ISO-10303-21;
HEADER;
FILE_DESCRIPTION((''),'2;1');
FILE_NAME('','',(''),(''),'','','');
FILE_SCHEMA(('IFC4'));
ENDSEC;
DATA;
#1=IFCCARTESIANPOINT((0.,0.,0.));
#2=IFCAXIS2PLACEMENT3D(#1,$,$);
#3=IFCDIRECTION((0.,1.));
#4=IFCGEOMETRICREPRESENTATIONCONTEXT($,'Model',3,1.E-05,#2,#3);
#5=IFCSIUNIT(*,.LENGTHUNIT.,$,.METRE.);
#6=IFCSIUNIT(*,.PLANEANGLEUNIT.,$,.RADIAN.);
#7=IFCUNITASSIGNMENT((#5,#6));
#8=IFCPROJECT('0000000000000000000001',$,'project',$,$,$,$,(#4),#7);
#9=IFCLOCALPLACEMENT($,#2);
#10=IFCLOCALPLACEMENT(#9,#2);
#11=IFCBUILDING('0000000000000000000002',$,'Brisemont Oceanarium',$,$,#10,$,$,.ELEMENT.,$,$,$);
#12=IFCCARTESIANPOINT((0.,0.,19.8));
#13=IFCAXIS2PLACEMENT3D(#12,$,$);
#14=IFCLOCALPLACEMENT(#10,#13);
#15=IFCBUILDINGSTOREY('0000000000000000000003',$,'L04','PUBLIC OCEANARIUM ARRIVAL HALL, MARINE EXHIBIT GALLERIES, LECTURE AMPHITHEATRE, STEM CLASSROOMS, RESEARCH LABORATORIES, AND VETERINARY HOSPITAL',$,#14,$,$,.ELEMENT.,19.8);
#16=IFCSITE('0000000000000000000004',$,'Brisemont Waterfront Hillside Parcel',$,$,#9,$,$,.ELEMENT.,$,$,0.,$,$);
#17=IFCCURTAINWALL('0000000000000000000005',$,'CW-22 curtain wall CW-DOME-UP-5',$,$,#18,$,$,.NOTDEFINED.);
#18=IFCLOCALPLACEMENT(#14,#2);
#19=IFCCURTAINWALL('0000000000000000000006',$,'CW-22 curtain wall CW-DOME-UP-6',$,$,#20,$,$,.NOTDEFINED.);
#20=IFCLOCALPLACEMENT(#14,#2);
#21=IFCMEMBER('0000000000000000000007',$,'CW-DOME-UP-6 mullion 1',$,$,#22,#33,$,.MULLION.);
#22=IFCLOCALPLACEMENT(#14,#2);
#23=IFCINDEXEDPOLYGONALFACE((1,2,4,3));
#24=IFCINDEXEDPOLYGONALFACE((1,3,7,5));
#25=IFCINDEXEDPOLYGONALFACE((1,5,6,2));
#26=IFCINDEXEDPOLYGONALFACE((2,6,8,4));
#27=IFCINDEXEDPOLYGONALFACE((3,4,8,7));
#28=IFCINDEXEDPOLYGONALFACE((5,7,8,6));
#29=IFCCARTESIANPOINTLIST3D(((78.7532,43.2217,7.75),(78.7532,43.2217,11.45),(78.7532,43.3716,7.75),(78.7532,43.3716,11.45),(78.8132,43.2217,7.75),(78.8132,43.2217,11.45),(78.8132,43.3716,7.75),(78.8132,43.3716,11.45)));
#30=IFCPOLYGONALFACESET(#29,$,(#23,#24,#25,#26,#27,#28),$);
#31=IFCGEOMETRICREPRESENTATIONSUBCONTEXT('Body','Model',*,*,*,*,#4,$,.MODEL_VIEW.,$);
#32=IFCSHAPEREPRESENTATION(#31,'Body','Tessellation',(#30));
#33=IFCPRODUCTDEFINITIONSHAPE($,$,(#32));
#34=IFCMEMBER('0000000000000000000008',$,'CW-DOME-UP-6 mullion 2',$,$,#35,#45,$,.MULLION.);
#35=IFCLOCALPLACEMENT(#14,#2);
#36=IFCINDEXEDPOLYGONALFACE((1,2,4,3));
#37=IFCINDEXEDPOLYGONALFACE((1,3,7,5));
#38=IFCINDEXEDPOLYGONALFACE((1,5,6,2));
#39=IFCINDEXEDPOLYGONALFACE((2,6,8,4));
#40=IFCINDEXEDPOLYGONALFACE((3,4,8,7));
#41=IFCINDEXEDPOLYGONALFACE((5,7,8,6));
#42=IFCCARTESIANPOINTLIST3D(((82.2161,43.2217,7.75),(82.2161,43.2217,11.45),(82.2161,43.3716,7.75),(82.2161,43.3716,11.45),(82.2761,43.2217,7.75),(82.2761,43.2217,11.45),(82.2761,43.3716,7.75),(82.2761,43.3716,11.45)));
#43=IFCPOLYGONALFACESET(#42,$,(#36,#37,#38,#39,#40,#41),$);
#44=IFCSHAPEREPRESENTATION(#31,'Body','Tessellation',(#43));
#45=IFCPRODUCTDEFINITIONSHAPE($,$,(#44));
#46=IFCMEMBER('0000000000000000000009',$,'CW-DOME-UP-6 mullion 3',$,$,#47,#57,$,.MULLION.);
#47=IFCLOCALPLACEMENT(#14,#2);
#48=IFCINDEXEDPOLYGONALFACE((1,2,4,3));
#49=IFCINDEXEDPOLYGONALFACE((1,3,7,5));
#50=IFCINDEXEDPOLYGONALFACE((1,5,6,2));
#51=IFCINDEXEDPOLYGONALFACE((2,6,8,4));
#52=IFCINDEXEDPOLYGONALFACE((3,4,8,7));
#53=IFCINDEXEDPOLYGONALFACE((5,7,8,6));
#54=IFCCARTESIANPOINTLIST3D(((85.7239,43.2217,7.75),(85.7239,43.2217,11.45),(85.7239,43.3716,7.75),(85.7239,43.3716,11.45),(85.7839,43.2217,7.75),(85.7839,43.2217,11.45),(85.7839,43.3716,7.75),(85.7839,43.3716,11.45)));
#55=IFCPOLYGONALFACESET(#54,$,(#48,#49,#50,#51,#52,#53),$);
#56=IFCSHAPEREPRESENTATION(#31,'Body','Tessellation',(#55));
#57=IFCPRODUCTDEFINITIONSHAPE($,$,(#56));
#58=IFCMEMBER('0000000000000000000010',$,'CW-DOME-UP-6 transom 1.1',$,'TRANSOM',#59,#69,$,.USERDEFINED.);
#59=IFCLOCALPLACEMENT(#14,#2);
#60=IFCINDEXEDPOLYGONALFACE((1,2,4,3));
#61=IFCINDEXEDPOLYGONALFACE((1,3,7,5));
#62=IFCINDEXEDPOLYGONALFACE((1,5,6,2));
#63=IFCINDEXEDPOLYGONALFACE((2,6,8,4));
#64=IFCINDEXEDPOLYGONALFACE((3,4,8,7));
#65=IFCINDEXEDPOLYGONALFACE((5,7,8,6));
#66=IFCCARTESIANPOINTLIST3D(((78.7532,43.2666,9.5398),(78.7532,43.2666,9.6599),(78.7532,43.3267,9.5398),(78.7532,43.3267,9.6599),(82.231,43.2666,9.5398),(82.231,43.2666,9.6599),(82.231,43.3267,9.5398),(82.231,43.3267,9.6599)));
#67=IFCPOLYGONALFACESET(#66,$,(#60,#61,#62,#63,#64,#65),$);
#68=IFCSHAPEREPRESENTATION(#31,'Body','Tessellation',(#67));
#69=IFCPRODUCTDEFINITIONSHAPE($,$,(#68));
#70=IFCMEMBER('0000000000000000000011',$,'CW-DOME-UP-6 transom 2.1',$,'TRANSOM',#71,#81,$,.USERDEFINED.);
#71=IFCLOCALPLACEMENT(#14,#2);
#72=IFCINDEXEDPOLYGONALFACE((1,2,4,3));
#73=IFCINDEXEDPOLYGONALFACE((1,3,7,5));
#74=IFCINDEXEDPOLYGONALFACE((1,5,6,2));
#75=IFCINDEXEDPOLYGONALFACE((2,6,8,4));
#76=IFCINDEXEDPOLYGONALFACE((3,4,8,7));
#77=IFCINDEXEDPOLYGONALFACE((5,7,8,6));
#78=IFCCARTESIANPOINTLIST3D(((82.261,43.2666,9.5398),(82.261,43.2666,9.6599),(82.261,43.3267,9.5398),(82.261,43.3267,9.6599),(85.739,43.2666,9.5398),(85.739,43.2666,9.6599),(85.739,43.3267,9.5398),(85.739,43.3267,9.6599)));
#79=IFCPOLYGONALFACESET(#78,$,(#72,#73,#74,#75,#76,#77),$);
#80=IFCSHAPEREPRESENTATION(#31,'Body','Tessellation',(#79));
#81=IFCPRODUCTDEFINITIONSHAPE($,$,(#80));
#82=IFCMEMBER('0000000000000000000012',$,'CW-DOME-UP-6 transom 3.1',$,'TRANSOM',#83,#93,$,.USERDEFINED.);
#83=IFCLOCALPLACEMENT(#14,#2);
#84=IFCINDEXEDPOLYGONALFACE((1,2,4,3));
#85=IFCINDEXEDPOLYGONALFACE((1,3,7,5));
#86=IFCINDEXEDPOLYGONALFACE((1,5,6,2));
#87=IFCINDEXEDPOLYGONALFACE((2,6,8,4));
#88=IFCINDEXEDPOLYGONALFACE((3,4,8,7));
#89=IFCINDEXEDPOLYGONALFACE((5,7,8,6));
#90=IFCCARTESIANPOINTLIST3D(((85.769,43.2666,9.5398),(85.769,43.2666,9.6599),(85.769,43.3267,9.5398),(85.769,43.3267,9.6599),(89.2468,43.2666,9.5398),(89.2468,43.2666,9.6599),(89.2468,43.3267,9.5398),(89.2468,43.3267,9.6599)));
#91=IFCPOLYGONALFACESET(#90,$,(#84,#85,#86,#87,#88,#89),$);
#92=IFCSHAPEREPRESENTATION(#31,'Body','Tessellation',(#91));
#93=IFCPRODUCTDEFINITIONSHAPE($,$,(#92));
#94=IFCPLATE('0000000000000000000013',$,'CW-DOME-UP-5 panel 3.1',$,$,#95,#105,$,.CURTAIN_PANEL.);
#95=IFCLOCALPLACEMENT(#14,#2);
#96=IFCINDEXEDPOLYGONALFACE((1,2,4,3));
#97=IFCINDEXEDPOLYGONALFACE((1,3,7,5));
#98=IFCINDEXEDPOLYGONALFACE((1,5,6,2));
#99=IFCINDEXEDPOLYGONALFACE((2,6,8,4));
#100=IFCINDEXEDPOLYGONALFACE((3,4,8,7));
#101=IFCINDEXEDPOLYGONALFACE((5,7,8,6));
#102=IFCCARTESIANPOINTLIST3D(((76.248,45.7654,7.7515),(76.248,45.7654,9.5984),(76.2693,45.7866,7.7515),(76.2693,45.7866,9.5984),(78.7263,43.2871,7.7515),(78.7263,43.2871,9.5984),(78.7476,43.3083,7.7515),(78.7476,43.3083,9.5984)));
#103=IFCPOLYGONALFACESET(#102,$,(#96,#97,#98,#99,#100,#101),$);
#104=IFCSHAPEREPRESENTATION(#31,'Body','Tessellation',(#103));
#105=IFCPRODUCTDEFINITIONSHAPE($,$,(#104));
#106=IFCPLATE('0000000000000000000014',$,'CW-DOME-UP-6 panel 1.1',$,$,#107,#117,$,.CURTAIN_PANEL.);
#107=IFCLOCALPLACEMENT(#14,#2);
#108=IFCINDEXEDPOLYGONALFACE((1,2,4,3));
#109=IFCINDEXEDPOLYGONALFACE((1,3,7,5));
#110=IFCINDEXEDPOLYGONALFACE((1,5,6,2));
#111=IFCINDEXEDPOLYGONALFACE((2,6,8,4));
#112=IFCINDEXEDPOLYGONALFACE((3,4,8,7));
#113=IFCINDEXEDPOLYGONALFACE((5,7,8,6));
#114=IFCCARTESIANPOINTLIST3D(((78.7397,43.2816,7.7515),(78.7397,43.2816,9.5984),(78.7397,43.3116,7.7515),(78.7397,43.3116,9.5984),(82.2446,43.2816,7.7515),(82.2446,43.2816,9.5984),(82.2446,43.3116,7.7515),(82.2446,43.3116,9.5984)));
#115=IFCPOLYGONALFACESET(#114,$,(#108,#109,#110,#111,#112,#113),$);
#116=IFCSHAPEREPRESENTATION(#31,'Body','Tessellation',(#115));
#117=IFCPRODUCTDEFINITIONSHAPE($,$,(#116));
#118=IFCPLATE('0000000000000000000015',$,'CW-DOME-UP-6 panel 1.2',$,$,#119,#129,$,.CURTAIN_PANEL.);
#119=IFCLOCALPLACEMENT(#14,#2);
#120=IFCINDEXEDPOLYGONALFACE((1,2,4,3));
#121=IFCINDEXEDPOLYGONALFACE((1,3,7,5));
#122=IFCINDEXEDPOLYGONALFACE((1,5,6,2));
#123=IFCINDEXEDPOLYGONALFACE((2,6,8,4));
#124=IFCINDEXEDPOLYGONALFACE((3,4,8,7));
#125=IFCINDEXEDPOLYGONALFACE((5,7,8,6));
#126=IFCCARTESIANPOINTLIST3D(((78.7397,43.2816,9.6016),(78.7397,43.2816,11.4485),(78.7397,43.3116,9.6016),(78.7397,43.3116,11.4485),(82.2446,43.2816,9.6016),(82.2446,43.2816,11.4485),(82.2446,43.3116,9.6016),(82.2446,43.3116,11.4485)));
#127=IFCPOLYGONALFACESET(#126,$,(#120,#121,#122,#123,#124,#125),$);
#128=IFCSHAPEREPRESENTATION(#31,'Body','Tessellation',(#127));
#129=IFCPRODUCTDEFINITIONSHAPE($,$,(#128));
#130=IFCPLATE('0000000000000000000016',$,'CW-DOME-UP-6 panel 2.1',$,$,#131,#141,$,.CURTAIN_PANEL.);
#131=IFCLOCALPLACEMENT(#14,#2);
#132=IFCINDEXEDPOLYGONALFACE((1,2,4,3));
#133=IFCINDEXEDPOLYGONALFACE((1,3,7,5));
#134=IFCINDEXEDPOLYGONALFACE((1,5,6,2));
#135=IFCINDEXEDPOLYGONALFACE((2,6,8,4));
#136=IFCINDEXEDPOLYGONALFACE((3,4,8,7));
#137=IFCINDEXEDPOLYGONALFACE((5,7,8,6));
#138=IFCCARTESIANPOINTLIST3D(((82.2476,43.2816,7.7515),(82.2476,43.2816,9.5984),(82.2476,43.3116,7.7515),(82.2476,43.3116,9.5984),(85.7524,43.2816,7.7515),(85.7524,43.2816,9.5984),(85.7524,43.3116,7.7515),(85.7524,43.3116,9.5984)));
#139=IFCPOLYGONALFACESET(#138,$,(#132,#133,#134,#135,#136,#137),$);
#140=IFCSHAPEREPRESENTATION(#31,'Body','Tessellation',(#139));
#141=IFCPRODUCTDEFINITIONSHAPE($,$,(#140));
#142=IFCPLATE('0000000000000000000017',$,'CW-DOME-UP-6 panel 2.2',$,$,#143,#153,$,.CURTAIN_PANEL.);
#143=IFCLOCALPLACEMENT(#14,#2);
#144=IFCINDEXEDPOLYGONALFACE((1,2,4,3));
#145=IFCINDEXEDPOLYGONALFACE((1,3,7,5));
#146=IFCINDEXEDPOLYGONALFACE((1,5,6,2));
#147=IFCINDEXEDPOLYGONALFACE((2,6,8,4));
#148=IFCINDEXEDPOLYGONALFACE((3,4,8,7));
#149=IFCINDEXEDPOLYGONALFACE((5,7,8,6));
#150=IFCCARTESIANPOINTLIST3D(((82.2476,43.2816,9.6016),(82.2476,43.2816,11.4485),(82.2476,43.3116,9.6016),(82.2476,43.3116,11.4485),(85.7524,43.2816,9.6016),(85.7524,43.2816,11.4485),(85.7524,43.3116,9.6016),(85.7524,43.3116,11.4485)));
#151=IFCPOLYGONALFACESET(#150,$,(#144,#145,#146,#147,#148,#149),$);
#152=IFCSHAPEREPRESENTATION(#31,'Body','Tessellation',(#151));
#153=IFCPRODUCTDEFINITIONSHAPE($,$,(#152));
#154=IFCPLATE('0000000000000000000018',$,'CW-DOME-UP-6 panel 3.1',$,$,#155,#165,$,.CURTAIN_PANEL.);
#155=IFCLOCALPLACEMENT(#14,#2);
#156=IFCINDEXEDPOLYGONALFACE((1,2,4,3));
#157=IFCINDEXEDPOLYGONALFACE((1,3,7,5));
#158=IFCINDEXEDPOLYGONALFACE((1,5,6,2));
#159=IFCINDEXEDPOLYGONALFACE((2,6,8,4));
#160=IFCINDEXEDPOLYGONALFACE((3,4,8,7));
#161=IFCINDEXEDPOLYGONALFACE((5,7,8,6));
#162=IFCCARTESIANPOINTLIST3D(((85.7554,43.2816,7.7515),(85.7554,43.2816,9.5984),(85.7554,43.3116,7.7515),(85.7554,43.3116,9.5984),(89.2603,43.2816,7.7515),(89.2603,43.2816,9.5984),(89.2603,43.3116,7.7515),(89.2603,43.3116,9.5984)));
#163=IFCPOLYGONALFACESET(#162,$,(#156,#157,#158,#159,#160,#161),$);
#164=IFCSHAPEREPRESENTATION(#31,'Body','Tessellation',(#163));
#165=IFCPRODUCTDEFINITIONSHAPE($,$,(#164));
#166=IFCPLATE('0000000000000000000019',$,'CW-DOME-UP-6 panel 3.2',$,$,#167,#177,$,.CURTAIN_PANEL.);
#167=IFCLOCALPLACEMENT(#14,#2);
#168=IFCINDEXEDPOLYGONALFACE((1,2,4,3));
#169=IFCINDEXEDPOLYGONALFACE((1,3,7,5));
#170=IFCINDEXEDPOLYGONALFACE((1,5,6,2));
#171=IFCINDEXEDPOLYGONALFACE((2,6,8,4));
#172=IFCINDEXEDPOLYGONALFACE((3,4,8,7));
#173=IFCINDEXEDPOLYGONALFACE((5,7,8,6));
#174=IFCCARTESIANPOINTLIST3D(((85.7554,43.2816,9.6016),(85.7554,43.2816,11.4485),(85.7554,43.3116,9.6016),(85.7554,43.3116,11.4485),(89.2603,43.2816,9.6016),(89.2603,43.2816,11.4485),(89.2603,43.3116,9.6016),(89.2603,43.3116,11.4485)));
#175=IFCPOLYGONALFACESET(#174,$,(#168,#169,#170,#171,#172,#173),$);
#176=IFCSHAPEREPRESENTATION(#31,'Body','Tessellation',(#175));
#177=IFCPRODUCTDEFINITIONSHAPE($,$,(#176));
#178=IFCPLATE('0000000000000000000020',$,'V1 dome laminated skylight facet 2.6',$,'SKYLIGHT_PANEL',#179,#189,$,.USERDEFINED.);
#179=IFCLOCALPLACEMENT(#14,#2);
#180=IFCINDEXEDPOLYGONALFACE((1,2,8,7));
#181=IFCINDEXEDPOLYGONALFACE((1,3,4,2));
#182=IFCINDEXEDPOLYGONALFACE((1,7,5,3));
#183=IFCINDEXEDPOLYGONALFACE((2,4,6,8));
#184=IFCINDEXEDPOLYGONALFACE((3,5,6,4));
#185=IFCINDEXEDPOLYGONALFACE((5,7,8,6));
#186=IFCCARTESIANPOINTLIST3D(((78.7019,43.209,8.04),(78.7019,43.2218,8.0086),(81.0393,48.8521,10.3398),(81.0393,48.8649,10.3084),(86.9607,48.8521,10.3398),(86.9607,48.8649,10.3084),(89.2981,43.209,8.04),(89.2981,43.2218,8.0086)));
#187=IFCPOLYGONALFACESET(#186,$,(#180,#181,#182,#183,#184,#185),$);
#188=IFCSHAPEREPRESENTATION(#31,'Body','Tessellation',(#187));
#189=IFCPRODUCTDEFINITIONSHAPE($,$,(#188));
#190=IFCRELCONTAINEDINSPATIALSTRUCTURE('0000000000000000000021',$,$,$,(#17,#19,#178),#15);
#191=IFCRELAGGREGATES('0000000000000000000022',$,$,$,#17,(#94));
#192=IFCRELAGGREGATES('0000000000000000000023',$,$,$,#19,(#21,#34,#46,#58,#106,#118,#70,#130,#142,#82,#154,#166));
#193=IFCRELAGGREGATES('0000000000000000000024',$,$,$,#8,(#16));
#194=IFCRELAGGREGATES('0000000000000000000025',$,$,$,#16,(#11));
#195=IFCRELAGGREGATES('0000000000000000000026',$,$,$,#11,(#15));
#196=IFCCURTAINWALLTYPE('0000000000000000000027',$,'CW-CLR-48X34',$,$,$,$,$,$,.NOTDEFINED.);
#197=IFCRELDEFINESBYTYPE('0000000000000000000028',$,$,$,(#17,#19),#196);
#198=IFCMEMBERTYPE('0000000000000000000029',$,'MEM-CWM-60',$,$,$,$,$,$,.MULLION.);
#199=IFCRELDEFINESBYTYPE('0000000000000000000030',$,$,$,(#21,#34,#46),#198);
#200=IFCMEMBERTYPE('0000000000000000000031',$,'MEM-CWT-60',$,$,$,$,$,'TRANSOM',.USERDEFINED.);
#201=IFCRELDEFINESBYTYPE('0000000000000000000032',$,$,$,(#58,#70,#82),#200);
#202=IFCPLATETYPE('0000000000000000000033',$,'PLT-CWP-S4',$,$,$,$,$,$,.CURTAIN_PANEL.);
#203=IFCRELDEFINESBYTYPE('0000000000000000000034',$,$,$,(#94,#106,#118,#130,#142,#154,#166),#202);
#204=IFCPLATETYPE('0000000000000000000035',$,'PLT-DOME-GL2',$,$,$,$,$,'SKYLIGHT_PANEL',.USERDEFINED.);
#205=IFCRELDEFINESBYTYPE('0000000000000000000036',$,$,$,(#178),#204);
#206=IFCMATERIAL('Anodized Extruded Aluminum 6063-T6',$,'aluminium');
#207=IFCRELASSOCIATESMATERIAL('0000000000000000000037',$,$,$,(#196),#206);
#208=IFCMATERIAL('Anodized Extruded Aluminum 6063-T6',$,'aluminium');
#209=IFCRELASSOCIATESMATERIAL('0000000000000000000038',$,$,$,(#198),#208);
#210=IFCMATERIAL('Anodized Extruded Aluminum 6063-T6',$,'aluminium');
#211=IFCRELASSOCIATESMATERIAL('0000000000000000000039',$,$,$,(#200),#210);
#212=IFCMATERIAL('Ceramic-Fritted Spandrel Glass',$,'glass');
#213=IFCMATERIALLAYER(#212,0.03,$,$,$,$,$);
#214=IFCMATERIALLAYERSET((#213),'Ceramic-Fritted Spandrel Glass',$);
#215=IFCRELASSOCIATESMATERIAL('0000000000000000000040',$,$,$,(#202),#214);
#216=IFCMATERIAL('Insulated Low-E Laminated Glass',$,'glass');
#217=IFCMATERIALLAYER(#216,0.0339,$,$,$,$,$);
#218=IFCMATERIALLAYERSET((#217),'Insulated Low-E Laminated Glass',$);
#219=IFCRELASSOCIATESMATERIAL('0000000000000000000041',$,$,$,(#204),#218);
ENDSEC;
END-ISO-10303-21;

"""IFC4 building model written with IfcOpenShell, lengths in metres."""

from ifc_helpers import new_model, si_unit, direction, frame, origin, origin_2d, place, context, subcontext, project, spatial, polyline, rectangle, outline, extrude, material, layer, layer_set, material_profile, profile_set, type_object, element, aggregate, save


model = new_model("IFC4")

# Units and contexts
model_context = context("Model", 3, precision=1e-05, world=origin(), true_north=direction((0.0, 1.0)))
body_context = subcontext(model_context, "Body", "Model", "MODEL_VIEW")
ifc_project = project(units=[si_unit("LENGTHUNIT", "METRE"), si_unit("PLANEANGLEUNIT", "RADIAN")], contexts=[model_context])

# Site, building, storey
site_placement = place(None, origin())
site = spatial("IfcSite", under=ifc_project, at=site_placement, Name="Brisemont Waterfront Hillside Parcel", CompositionType="ELEMENT", RefElevation=0.0)
building_placement = place(site_placement, origin())
building = spatial("IfcBuilding", under=site, at=building_placement, Name="Brisemont Oceanarium", CompositionType="ELEMENT")
storey_placement = place(building_placement, frame((0.0, 0.0, 19.8)))
storey = spatial("IfcBuildingStorey", under=building, at=storey_placement, Name="L04", Description="PUBLIC OCEANARIUM ARRIVAL HALL, MARINE EXHIBIT GALLERIES, LECTURE AMPHITHEATRE, STEM CLASSROOMS, RESEARCH LABORATORIES, AND VETERINARY HOSPITAL", CompositionType="ELEMENT", Elevation=19.8)

# Curtain wall
ifc_material_1 = material(Name="Anodized Extruded Aluminum 6063-T6", Category="aluminium")
curtain_wall_type = type_object("IfcCurtainWallType", Name="CW-CLR-48X34", PredefinedType="NOTDEFINED", material=ifc_material_1)
curtain_wall_1_placement = place(storey_placement, origin())
curtain_wall_1 = element("IfcCurtainWall", 1, at=curtain_wall_1_placement, inside=storey, type_object=curtain_wall_type, Name="CW-22 curtain wall CW-DOME-UP-5", PredefinedType="NOTDEFINED")
ifc_material_2 = material(Name="Anodized Extruded Aluminum 6063-T6", Category="aluminium")
ifc_material_profile_1 = material_profile(ifc_material_2, rectangle(XDim=0.0601, YDim=0.1499, at=origin_2d()), Name="CWM-60X150")
ifc_profile_set_1 = profile_set([ifc_material_profile_1], Name="Anodized Extruded Aluminum 6063-T6")
member_type_1 = type_object("IfcMemberType", Name="MEM-CWM-60", PredefinedType="MULLION", material=ifc_profile_set_1)

# Curtain wall, members
curtain_wall_2_placement = place(storey_placement, origin())
curtain_wall_2 = element("IfcCurtainWall", 2, at=curtain_wall_2_placement, inside=storey, type_object=curtain_wall_type, Name="CW-22 curtain wall CW-DOME-UP-6", PredefinedType="NOTDEFINED")
member_1_placement = place(storey_placement, frame((78.7832, 43.2966, 7.75), z_axis=(0.0, 0.0, 1.0), x_axis=(1.0, 0.0, 0.0)))
member_1 = element("IfcMember", 3, at=member_1_placement, type_object=member_type_1, Name="CW-DOME-UP-6 mullion 1", PredefinedType="MULLION", context=body_context, shape_type="SweptSolid", body=[
    extrude(rectangle(XDim=0.0601, YDim=0.1499, at=origin_2d()), origin(), (0.0, 0.0, 1.0), 3.7),
])
member_2_placement = place(storey_placement, frame((82.2461, 43.2966, 7.75), z_axis=(0.0, 0.0, 1.0), x_axis=(1.0, 0.0, 0.0)))
member_2 = element("IfcMember", 4, at=member_2_placement, type_object=member_type_1, Name="CW-DOME-UP-6 mullion 2", PredefinedType="MULLION", context=body_context, shape_type="SweptSolid", body=[
    extrude(rectangle(XDim=0.0601, YDim=0.1499, at=origin_2d()), origin(), (0.0, 0.0, 1.0), 3.7),
])
member_3_placement = place(storey_placement, frame((85.7539, 43.2966, 7.75), z_axis=(0.0, 0.0, 1.0), x_axis=(1.0, 0.0, 0.0)))
member_3 = element("IfcMember", 5, at=member_3_placement, type_object=member_type_1, Name="CW-DOME-UP-6 mullion 3", PredefinedType="MULLION", context=body_context, shape_type="SweptSolid", body=[
    extrude(rectangle(XDim=0.0601, YDim=0.1499, at=origin_2d()), origin(), (0.0, 0.0, 1.0), 3.7),
])
ifc_material_3 = material(Name="Anodized Extruded Aluminum 6063-T6", Category="aluminium")
ifc_material_profile_2 = material_profile(ifc_material_3, rectangle(XDim=0.0601, YDim=0.1201, at=origin_2d()), Name="CWT-60X120")
ifc_profile_set_2 = profile_set([ifc_material_profile_2], Name="Anodized Extruded Aluminum 6063-T6")
member_type_2 = type_object("IfcMemberType", Name="MEM-CWT-60", ElementType="TRANSOM", PredefinedType="USERDEFINED", material=ifc_profile_set_2)
member_4_placement = place(storey_placement, frame((78.7532, 43.2966, 9.5999), z_axis=(1.0, 0.0, 0.0), x_axis=(0.0, 1.0, 0.0)))
member_4 = element("IfcMember", 6, at=member_4_placement, type_object=member_type_2, Name="CW-DOME-UP-6 transom 1.1", ObjectType="TRANSOM", PredefinedType="USERDEFINED", context=body_context, shape_type="SweptSolid", body=[
    extrude(rectangle(XDim=0.0601, YDim=0.1201, at=origin_2d()), origin(), (0.0, 0.0, 1.0), 3.4778),
])
member_5_placement = place(storey_placement, frame((82.261, 43.2966, 9.5999), z_axis=(1.0, 0.0, 0.0), x_axis=(0.0, 1.0, 0.0)))
member_5 = element("IfcMember", 7, at=member_5_placement, type_object=member_type_2, Name="CW-DOME-UP-6 transom 2.1", ObjectType="TRANSOM", PredefinedType="USERDEFINED", context=body_context, shape_type="SweptSolid", body=[
    extrude(rectangle(XDim=0.0601, YDim=0.1201, at=origin_2d()), origin(), (0.0, 0.0, 1.0), 3.478),
])
member_6_placement = place(storey_placement, frame((85.769, 43.2966, 9.5999), z_axis=(1.0, 0.0, 0.0), x_axis=(0.0, 1.0, 0.0)))
member_6 = element("IfcMember", 8, at=member_6_placement, type_object=member_type_2, Name="CW-DOME-UP-6 transom 3.1", ObjectType="TRANSOM", PredefinedType="USERDEFINED", context=body_context, shape_type="SweptSolid", body=[
    extrude(rectangle(XDim=0.0601, YDim=0.1201, at=origin_2d()), origin(), (0.0, 0.0, 1.0), 3.4778),
])

# Plates
ifc_material_4 = material(Name="Ceramic-Fritted Spandrel Glass", Category="glass")
ifc_layer_1 = layer(ifc_material_4, 0.03)
ifc_layer_set_1 = layer_set([ifc_layer_1], Name="Ceramic-Fritted Spandrel Glass")
plate_type_1 = type_object("IfcPlateType", Name="PLT-CWP-S4", PredefinedType="CURTAIN_PANEL", material=ifc_layer_set_1)
plate_1_placement = place(storey_placement, frame((77.4978, 44.5369, 7.7515), z_axis=(0.0, 0.0, 1.0), x_axis=(0.707107, -0.707107, 0.0)))
plate_1 = element("IfcPlate", 9, at=plate_1_placement, type_object=plate_type_1, Name="CW-DOME-UP-5 panel 3.1", PredefinedType="CURTAIN_PANEL", context=body_context, shape_type="SweptSolid", body=[
    extrude(rectangle(XDim=3.5049, YDim=0.03, at=origin_2d()), origin(), (0.0, 0.0, 1.0), 1.8469),
])
aggregate(curtain_wall_1, [plate_1])
plate_2_placement = place(storey_placement, frame((80.4922, 43.2966, 7.7515), z_axis=(0.0, 0.0, 1.0), x_axis=(1.0, 0.0, 0.0)))
plate_2 = element("IfcPlate", 10, at=plate_2_placement, type_object=plate_type_1, Name="CW-DOME-UP-6 panel 1.1", PredefinedType="CURTAIN_PANEL", context=body_context, shape_type="SweptSolid", body=[
    extrude(rectangle(XDim=3.5049, YDim=0.03, at=origin_2d()), origin(), (0.0, 0.0, 1.0), 1.8469),
])
plate_3_placement = place(storey_placement, frame((80.4922, 43.2966, 9.6016), z_axis=(0.0, 0.0, 1.0), x_axis=(1.0, 0.0, 0.0)))
plate_3 = element("IfcPlate", 11, at=plate_3_placement, type_object=plate_type_1, Name="CW-DOME-UP-6 panel 1.2", PredefinedType="CURTAIN_PANEL", context=body_context, shape_type="SweptSolid", body=[
    extrude(rectangle(XDim=3.5049, YDim=0.03, at=origin_2d()), origin(), (0.0, 0.0, 1.0), 1.8469),
])
plate_4_placement = place(storey_placement, frame((84.0, 43.2966, 7.7515), z_axis=(0.0, 0.0, 1.0), x_axis=(1.0, 0.0, 0.0)))
plate_4 = element("IfcPlate", 12, at=plate_4_placement, type_object=plate_type_1, Name="CW-DOME-UP-6 panel 2.1", PredefinedType="CURTAIN_PANEL", context=body_context, shape_type="SweptSolid", body=[
    extrude(rectangle(XDim=3.5049, YDim=0.03, at=origin_2d()), origin(), (0.0, 0.0, 1.0), 1.8469),
])
plate_5_placement = place(storey_placement, frame((84.0, 43.2966, 9.6016), z_axis=(0.0, 0.0, 1.0), x_axis=(1.0, 0.0, 0.0)))
plate_5 = element("IfcPlate", 13, at=plate_5_placement, type_object=plate_type_1, Name="CW-DOME-UP-6 panel 2.2", PredefinedType="CURTAIN_PANEL", context=body_context, shape_type="SweptSolid", body=[
    extrude(rectangle(XDim=3.5049, YDim=0.03, at=origin_2d()), origin(), (0.0, 0.0, 1.0), 1.8469),
])
plate_6_placement = place(storey_placement, frame((87.5078, 43.2966, 7.7515), z_axis=(0.0, 0.0, 1.0), x_axis=(1.0, 0.0, 0.0)))
plate_6 = element("IfcPlate", 14, at=plate_6_placement, type_object=plate_type_1, Name="CW-DOME-UP-6 panel 3.1", PredefinedType="CURTAIN_PANEL", context=body_context, shape_type="SweptSolid", body=[
    extrude(rectangle(XDim=3.5049, YDim=0.03, at=origin_2d()), origin(), (0.0, 0.0, 1.0), 1.8469),
])
plate_7_placement = place(storey_placement, frame((87.5078, 43.2966, 9.6016), z_axis=(0.0, 0.0, 1.0), x_axis=(1.0, 0.0, 0.0)))
plate_7 = element("IfcPlate", 15, at=plate_7_placement, type_object=plate_type_1, Name="CW-DOME-UP-6 panel 3.2", PredefinedType="CURTAIN_PANEL", context=body_context, shape_type="SweptSolid", body=[
    extrude(rectangle(XDim=3.5049, YDim=0.03, at=origin_2d()), origin(), (0.0, 0.0, 1.0), 1.8469),
])
aggregate(curtain_wall_2, [member_1, member_2, member_3, member_4, plate_2, plate_3, member_5, plate_4, plate_5, member_6, plate_6, plate_7])

# Plate
ifc_material_5 = material(Name="Insulated Low-E Laminated Glass", Category="glass")
ifc_layer_2 = layer(ifc_material_5, 0.0339)
ifc_layer_set_2 = layer_set([ifc_layer_2], Name="Insulated Low-E Laminated Glass")
plate_type_2 = type_object("IfcPlateType", Name="PLT-DOME-GL2", ElementType="SKYLIGHT_PANEL", PredefinedType="USERDEFINED", material=ifc_layer_set_2)
plate_8_placement = place(storey_placement, frame((78.7019, 43.209, 8.04), z_axis=(0.0, -0.377406, 0.926048), x_axis=(1.0, 0.0, 0.0)))
element("IfcPlate", 16, at=plate_8_placement, inside=storey, type_object=plate_type_2, Name="V1 dome laminated skylight facet 2.6", ObjectType="SKYLIGHT_PANEL", PredefinedType="USERDEFINED", context=body_context, shape_type="SweptSolid", body=[
    extrude(outline(polyline([(0.0, 0.0), (10.5962, 0.0), (8.2588, 6.0937), (2.3374, 6.0937), (0.0, 0.0)])), origin(), (0.0, 0.0, -1.0), 0.0339),
])

save(model, "model.ifc")
